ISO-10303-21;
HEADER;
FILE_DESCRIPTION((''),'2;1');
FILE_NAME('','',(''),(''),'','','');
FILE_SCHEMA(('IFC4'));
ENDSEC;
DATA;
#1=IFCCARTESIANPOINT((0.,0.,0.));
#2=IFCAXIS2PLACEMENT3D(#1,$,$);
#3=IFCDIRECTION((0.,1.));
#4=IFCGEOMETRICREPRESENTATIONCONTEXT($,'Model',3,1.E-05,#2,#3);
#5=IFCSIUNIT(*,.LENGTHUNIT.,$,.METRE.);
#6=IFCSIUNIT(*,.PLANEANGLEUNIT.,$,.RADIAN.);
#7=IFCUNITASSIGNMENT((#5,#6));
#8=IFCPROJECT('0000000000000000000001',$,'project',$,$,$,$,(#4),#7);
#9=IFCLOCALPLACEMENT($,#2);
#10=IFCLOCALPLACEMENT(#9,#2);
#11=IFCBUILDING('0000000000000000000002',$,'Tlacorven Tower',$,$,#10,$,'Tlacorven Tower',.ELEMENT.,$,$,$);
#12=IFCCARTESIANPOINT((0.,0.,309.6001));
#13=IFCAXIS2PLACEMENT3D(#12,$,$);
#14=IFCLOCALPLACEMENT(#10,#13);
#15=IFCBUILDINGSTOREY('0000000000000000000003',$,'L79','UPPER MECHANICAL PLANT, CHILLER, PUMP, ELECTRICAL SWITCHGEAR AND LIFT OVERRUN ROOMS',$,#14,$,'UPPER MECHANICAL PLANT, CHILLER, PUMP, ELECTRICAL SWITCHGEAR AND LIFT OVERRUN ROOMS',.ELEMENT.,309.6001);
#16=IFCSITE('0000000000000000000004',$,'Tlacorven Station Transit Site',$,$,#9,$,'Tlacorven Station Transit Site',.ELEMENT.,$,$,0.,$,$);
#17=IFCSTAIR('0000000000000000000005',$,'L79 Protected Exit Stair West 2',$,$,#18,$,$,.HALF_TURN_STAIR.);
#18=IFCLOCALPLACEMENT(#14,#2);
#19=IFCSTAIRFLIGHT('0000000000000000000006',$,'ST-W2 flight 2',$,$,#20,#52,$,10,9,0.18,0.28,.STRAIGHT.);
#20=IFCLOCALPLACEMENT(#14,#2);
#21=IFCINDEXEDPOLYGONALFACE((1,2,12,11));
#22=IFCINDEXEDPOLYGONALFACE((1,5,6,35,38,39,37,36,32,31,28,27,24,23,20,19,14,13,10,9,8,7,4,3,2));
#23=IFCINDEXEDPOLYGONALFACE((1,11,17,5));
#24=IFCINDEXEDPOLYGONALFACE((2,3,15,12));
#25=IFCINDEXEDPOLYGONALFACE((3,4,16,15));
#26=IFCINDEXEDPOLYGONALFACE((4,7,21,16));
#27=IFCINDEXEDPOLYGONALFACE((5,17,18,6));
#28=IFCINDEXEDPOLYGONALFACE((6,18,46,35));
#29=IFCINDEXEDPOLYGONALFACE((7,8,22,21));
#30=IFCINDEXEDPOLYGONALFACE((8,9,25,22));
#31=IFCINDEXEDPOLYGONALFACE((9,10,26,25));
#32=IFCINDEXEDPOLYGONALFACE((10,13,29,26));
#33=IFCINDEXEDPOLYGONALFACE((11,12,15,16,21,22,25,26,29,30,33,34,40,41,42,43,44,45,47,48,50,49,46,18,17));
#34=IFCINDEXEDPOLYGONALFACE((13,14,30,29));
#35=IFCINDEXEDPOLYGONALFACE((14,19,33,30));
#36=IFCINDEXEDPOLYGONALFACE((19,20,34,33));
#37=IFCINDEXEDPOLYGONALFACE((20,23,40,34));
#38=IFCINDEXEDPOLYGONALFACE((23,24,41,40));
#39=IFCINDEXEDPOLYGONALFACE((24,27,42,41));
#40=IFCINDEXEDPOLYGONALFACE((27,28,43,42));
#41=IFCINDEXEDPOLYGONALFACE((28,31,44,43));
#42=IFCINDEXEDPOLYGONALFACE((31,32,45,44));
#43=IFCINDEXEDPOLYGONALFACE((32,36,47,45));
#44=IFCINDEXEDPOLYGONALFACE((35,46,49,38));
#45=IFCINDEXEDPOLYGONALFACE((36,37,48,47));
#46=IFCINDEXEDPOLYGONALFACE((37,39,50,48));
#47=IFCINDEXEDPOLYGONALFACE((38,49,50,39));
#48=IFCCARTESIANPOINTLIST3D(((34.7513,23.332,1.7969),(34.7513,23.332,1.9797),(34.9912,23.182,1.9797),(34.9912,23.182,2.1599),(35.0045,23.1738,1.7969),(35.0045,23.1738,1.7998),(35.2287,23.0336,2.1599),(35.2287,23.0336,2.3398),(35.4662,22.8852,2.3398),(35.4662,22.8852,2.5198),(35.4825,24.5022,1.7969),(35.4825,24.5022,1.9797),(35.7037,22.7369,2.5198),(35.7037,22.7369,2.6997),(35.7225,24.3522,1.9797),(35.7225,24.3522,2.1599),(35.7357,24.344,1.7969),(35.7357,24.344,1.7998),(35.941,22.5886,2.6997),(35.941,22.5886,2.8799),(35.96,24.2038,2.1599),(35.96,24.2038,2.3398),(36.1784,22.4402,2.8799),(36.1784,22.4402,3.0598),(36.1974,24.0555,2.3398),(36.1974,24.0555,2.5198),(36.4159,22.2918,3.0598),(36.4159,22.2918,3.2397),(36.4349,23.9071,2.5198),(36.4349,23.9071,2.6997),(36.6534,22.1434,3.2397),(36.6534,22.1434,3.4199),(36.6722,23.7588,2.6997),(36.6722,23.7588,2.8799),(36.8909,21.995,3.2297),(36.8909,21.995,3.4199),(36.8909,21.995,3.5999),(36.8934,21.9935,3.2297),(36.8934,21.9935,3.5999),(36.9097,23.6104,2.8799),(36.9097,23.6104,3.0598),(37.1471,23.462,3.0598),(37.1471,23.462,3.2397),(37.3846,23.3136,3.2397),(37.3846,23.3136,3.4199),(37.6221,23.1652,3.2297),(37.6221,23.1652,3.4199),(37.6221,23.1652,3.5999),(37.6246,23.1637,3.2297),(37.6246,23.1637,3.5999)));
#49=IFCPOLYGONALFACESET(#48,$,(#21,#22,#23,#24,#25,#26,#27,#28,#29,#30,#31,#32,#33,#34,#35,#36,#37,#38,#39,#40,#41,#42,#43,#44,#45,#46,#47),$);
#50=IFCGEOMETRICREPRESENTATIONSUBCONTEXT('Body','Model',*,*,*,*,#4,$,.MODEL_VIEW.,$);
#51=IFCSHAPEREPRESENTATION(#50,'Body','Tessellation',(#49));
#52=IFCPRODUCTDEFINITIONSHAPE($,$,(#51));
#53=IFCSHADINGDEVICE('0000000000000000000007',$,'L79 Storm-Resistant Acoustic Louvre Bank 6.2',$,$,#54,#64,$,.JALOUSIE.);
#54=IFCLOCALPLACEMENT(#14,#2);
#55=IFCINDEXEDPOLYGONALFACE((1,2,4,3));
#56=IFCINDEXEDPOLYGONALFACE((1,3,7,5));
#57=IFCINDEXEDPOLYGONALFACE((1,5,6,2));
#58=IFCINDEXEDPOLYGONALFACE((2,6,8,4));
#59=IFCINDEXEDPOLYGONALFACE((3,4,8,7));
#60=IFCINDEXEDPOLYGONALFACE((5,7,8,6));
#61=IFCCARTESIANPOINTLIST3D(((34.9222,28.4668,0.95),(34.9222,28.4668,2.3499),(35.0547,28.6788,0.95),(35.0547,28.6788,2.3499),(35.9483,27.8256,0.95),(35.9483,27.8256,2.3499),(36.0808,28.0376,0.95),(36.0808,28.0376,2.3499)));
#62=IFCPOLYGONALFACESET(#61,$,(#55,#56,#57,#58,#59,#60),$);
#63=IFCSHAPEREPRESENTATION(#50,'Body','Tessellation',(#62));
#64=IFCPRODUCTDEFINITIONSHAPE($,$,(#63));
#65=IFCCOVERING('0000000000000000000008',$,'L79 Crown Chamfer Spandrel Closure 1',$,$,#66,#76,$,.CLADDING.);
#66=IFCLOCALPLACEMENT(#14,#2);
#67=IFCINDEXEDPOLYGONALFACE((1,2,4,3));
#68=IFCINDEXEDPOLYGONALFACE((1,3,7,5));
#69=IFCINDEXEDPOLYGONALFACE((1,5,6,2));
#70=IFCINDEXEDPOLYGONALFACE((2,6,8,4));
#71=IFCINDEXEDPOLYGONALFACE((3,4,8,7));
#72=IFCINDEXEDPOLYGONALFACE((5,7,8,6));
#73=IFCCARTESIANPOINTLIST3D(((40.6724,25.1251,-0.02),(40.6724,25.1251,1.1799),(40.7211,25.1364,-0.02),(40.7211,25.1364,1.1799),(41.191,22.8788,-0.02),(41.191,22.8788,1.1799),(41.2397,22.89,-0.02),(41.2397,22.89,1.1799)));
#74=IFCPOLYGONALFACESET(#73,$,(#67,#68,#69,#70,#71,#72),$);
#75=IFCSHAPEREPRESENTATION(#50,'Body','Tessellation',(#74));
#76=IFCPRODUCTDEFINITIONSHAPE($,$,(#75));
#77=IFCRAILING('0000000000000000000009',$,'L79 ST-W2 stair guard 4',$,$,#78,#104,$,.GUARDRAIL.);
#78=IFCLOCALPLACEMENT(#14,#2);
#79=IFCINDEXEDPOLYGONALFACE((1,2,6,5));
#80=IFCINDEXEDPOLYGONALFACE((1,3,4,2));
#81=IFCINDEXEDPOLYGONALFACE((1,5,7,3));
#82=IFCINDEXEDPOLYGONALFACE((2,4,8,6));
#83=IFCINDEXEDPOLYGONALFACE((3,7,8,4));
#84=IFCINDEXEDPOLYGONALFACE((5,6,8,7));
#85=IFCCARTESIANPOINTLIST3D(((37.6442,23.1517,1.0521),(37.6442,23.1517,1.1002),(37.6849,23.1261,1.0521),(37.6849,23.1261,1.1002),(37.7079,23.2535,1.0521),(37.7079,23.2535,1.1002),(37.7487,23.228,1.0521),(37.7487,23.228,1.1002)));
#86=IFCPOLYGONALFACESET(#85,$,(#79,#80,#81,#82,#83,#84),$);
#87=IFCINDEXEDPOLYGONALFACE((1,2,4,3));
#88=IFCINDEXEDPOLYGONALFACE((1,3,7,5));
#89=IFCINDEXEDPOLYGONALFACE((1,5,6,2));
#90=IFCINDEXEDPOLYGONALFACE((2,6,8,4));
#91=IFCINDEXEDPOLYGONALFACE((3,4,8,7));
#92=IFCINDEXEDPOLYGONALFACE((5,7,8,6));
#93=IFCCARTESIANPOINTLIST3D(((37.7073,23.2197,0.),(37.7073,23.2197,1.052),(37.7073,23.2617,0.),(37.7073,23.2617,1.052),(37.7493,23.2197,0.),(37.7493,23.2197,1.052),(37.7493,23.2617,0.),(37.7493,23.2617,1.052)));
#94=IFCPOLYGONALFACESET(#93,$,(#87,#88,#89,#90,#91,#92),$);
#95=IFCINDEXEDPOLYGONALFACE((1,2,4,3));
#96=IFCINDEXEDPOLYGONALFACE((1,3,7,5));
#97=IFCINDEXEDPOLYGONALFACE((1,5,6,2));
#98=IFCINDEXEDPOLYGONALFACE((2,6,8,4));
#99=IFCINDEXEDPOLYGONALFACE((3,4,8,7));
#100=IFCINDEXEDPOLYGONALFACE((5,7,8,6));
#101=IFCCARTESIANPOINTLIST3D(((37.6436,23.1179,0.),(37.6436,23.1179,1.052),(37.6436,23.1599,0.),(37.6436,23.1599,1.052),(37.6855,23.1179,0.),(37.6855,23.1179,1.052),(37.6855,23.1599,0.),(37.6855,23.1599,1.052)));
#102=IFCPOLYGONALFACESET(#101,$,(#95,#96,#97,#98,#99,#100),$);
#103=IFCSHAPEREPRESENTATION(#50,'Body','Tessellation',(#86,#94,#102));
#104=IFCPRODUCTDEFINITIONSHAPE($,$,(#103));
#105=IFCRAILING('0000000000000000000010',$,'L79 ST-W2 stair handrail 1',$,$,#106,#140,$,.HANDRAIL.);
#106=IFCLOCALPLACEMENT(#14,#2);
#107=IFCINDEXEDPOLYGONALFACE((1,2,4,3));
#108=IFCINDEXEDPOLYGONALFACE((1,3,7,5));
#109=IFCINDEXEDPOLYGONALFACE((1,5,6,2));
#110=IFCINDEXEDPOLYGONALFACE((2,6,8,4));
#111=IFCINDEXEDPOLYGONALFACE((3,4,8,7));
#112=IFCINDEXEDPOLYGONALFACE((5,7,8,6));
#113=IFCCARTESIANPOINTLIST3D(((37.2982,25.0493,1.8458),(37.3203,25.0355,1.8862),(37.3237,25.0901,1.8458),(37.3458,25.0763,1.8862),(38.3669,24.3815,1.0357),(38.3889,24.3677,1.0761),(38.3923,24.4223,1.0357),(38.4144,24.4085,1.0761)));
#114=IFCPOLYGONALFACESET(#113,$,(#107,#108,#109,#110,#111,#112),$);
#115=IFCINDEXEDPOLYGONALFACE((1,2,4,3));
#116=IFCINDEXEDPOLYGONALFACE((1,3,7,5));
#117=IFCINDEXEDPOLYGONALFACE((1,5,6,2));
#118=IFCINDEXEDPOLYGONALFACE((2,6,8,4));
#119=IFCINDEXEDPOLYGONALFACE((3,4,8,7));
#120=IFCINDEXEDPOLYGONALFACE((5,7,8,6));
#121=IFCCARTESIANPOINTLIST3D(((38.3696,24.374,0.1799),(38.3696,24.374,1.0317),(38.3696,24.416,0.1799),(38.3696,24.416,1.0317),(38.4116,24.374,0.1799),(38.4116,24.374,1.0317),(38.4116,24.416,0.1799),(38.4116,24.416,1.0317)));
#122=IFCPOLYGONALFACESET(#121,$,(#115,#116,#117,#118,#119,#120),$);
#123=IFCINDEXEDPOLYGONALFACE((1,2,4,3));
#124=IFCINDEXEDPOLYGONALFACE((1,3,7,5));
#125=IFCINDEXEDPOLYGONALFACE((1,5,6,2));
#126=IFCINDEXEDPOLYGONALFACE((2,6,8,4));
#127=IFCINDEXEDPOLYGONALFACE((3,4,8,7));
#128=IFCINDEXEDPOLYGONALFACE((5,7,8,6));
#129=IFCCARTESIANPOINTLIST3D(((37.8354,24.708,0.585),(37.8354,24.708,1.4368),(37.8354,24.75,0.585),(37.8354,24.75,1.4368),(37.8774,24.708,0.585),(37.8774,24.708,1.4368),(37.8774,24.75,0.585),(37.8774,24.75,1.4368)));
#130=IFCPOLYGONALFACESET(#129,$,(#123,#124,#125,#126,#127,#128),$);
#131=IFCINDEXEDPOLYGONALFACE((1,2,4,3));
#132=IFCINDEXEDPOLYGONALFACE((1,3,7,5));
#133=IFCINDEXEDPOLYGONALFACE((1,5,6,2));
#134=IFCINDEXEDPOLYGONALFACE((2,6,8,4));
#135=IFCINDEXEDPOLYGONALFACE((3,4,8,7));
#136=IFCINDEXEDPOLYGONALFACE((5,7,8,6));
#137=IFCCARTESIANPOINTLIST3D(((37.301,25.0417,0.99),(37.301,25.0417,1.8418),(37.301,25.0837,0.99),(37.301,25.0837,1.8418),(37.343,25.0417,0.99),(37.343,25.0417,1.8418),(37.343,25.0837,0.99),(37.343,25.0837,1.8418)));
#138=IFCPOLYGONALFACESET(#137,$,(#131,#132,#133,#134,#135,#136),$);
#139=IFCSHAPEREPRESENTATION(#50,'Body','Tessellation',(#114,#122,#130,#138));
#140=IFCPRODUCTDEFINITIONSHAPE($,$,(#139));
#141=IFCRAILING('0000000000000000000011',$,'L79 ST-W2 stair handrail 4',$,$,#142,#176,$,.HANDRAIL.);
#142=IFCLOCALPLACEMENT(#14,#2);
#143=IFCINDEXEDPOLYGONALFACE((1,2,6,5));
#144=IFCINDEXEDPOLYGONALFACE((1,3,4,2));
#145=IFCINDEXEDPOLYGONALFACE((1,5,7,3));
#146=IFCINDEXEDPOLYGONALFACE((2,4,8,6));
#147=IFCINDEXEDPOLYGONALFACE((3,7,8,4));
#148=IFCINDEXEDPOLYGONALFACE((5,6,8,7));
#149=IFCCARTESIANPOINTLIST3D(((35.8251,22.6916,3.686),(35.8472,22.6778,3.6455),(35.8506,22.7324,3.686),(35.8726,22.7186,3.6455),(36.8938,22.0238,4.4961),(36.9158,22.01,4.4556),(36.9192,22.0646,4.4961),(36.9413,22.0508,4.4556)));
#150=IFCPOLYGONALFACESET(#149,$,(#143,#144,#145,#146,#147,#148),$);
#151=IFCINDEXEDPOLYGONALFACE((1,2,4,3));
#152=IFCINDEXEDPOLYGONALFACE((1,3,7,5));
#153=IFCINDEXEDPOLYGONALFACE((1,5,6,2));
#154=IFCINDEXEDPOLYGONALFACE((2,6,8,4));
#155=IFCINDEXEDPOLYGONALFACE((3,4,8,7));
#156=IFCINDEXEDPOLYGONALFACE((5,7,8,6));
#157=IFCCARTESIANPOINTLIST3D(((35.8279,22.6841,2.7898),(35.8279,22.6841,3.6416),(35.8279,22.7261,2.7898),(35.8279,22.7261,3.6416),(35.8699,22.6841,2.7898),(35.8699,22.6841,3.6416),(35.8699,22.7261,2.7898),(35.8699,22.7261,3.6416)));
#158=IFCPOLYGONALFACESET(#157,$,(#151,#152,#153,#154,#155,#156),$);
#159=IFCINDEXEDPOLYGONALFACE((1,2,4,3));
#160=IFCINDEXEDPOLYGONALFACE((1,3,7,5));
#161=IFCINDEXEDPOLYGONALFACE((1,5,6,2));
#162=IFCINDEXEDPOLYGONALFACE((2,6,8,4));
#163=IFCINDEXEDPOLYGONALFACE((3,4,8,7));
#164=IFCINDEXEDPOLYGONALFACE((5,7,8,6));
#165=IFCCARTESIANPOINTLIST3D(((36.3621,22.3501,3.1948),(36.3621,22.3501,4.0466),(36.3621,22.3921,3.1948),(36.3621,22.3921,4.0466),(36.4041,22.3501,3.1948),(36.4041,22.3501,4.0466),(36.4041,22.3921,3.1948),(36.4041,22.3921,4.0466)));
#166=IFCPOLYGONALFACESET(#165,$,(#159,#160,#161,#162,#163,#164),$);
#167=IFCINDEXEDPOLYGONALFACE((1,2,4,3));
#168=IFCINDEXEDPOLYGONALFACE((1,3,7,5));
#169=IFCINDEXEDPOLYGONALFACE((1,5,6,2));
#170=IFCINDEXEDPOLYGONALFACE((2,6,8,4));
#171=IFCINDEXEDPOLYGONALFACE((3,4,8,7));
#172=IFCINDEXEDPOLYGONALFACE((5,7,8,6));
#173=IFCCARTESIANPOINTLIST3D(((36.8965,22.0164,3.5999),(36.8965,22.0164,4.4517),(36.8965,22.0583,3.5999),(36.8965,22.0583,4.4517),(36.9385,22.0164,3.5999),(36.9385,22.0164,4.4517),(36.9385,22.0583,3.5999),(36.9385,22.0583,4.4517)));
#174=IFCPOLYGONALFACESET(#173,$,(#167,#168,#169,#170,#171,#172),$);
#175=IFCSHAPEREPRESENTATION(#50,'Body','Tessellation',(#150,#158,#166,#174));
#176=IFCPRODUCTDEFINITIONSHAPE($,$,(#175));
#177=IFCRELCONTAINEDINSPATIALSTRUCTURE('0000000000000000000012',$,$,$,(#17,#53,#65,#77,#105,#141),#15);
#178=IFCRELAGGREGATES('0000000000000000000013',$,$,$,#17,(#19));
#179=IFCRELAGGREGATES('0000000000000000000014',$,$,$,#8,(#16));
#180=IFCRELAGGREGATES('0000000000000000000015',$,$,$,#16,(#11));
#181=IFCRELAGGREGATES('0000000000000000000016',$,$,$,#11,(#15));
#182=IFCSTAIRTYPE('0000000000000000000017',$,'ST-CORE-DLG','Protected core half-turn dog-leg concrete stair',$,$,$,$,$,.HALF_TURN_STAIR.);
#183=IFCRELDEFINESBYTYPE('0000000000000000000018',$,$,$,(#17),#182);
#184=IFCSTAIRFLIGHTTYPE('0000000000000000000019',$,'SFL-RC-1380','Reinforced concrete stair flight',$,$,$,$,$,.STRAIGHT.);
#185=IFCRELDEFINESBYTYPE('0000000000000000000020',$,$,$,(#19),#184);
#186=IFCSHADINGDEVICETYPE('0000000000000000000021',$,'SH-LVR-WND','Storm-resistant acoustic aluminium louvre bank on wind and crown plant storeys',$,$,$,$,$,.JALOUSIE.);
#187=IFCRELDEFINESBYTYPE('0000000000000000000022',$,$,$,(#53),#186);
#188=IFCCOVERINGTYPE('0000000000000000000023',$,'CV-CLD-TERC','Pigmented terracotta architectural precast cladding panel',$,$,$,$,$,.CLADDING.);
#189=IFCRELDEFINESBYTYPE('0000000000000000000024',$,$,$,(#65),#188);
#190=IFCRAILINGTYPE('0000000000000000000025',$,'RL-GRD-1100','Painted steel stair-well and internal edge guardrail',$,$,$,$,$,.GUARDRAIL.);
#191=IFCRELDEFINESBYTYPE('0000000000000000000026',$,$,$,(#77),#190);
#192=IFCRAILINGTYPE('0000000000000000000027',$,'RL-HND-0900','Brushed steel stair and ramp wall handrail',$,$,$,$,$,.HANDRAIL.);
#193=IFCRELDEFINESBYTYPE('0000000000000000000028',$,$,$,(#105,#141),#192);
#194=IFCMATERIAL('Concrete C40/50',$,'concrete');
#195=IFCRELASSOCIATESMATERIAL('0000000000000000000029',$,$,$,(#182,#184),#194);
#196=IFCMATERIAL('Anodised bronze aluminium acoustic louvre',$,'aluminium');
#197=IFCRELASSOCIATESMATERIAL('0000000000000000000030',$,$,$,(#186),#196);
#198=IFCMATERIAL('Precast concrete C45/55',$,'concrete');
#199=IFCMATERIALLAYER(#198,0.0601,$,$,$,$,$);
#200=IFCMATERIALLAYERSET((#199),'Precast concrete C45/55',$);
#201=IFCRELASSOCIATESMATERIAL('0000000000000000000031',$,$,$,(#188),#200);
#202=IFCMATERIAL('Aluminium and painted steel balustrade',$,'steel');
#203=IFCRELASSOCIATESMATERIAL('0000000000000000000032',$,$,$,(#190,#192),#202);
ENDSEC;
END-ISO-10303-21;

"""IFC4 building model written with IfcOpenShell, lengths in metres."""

from ifc_helpers import new_model, si_unit, direction, frame, origin, origin_2d, place, context, subcontext, project, spatial, polyline, rectangle, outline, extrude, source, transform, mapped, material, layer, layer_set, type_object, element, aggregate, save


model = new_model("IFC4")

# Units and contexts
model_context = context("Model", 3, precision=1e-05, world=origin(), true_north=direction((0.0, 1.0)))
body_context = subcontext(model_context, "Body", "Model", "MODEL_VIEW")
ifc_project = project(units=[si_unit("LENGTHUNIT", "METRE"), si_unit("PLANEANGLEUNIT", "RADIAN")], contexts=[model_context])

# Site, building, storey
site_placement = place(None, origin())
site = spatial("IfcSite", under=ifc_project, at=site_placement, Name="Tlacorven Station Transit Site", LongName="Tlacorven Station Transit Site", CompositionType="ELEMENT", RefElevation=0.0)
building_placement = place(site_placement, origin())
building = spatial("IfcBuilding", under=site, at=building_placement, Name="Tlacorven Tower", LongName="Tlacorven Tower", CompositionType="ELEMENT")
storey_placement = place(building_placement, frame((0.0, 0.0, 309.6001)))
storey = spatial("IfcBuildingStorey", under=building, at=storey_placement, Name="L79", Description="UPPER MECHANICAL PLANT, CHILLER, PUMP, ELECTRICAL SWITCHGEAR AND LIFT OVERRUN ROOMS", LongName="UPPER MECHANICAL PLANT, CHILLER, PUMP, ELECTRICAL SWITCHGEAR AND LIFT OVERRUN ROOMS", CompositionType="ELEMENT", Elevation=309.6001)

# Shared definitions
ifc_material_1 = material(Name="Precast concrete C45/55", Category="concrete")

# Shared definitions
ifc_material_2 = material(Name="Concrete C40/50", Category="concrete")

# Stair, stair flight
stair_type = type_object("IfcStairType", Name="ST-CORE-DLG", Description="Protected core half-turn dog-leg concrete stair", PredefinedType="HALF_TURN_STAIR", material=ifc_material_2)
stair_placement = place(storey_placement, origin())
stair = element("IfcStair", 1, at=stair_placement, inside=storey, type_object=stair_type, Name="L79 Protected Exit Stair West 2", PredefinedType="HALF_TURN_STAIR")
stair_flight_type = type_object("IfcStairFlightType", Name="SFL-RC-1380", Description="Reinforced concrete stair flight", PredefinedType="STRAIGHT", material=ifc_material_2)
shared_shape_1 = source(origin(), body_context, "Body", "SweptSolid", [
    extrude(outline(polyline([(-0.0029, -0.0029), (-0.0029, 0.1799), (0.28, 0.1799), (0.28, 0.3601), (0.5601, 0.3601), (0.5601, 0.54), (0.8401, 0.54), (0.8401, 0.72), (1.1201, 0.72), (1.1201, 0.8999), (1.3999, 0.8999), (1.3999, 1.0801), (1.6799, 1.0801), (1.6799, 1.26), (1.96, 1.26), (1.96, 1.4399), (2.24, 1.4399), (2.24, 1.6201), (2.52, 1.6201), (2.52, 1.8), (2.5229, 1.8), (2.5229, 1.4299), (2.52, 1.4299), (0.2957, 0.0), (0.2957, -0.0029), (-0.0029, -0.0029)])), frame((0.0, 0.6899, 0.0), z_axis=(0.0, -1.0, 0.0), x_axis=(1.0, 0.0, 0.0)), (0.0, 0.0, 1.0), 1.3799),
])
stair_flight_1_placement = place(storey_placement, frame((35.1194, 23.9155, 1.7998), z_axis=(0.0, 0.0, 1.0), x_axis=(0.848048, -0.529919, 0.0)))
stair_flight_1 = element("IfcStairFlight", 2, at=stair_flight_1_placement, type_object=stair_flight_type, Name="ST-W2 flight 2", NumberOfRisers=10, NumberOfTreads=9, PredefinedType="STRAIGHT", RiserHeight=0.18, TreadLength=0.28, context=body_context, shape_type="MappedRepresentation", body=[
    mapped(shared_shape_1, transform((0.0, 0.0, 0.0), scale=1.0)),
])
aggregate(stair, [stair_flight_1])

# Shading device
ifc_material_3 = material(Name="Anodised bronze aluminium acoustic louvre", Category="aluminium")
shading_device_type = type_object("IfcShadingDeviceType", Name="SH-LVR-WND", Description="Storm-resistant acoustic aluminium louvre bank on wind and crown plant storeys", PredefinedType="JALOUSIE", material=ifc_material_3)
shared_shape_2 = source(origin(), body_context, "Body", "SweptSolid", [
    extrude(rectangle(XDim=1.21, YDim=0.25, at=origin_2d()), origin(), (0.0, 0.0, 1.0), 1.3999),
])
shading_device_placement = place(storey_placement, frame((35.5015, 28.2522, 0.95), z_axis=(0.0, 0.0, 1.0), x_axis=(0.848048, -0.529919, 0.0)))
element("IfcShadingDevice", 3, at=shading_device_placement, inside=storey, type_object=shading_device_type, Name="L79 Storm-Resistant Acoustic Louvre Bank 6.2", PredefinedType="JALOUSIE", context=body_context, shape_type="MappedRepresentation", body=[
    mapped(shared_shape_2, transform((0.0, 0.0, 0.0), scale=1.0)),
])

# Covering
ifc_layer_1 = layer(ifc_material_1, 0.0601)
ifc_layer_set_1 = layer_set([ifc_layer_1], Name="Precast concrete C45/55")
covering_type = type_object("IfcCoveringType", Name="CV-CLD-TERC", Description="Pigmented terracotta architectural precast cladding panel", PredefinedType="CLADDING", material=ifc_layer_set_1)
shared_shape_3 = source(origin(), body_context, "Body", "SweptSolid", [
    extrude(rectangle(XDim=2.3054, YDim=0.05, at=origin_2d()), origin(), (0.0, 0.0, 1.0), 1.2),
])
covering_placement = place(storey_placement, frame((40.9561, 24.0076, -0.02), z_axis=(0.0, 0.0, 1.0), x_axis=(0.22495, -0.97437, 0.0)))
element("IfcCovering", 4, at=covering_placement, inside=storey, type_object=covering_type, Name="L79 Crown Chamfer Spandrel Closure 1", PredefinedType="CLADDING", context=body_context, shape_type="MappedRepresentation", body=[
    mapped(shared_shape_3, transform((0.0, 0.0, 0.0), scale=1.0)),
])

# Railings
ifc_material_4 = material(Name="Aluminium and painted steel balustrade", Category="steel")
railing_type_1 = type_object("IfcRailingType", Name="RL-GRD-1100", Description="Painted steel stair-well and internal edge guardrail", PredefinedType="GUARDRAIL", material=ifc_material_4)
shared_shape_4 = source(origin(), body_context, "Body", "SweptSolid", [
    extrude(rectangle(XDim=0.0481, YDim=0.0481, at=origin_2d()), frame((0.0, 0.0, 1.0762), z_axis=(-0.530547, -0.847656, 0.0), x_axis=(0.847656, -0.530547, 0.0)), (0.0, 0.0, 1.0), 0.1201),
    extrude(rectangle(XDim=0.042, YDim=0.042, at=origin_2d()), origin(), (0.0, 0.0, 1.0), 1.052),
    extrude(rectangle(XDim=0.042, YDim=0.042, at=origin_2d()), frame((-0.0637, -0.1018, 0.0)), (0.0, 0.0, 1.0), 1.052),
])
railing_1_placement = place(storey_placement, frame((37.7283, 23.2407, 0.0)))
element("IfcRailing", 5, at=railing_1_placement, inside=storey, type_object=railing_type_1, Name="L79 ST-W2 stair guard 4", PredefinedType="GUARDRAIL", context=body_context, shape_type="MappedRepresentation", body=[
    mapped(shared_shape_4, transform((0.0, 0.0, 0.0), scale=1.0)),
])
railing_type_2 = type_object("IfcRailingType", Name="RL-HND-0900", Description="Brushed steel stair and ramp wall handrail", PredefinedType="HANDRAIL", material=ifc_material_4)
shared_shape_5 = source(origin(), body_context, "Body", "SweptSolid", [
    extrude(rectangle(XDim=0.0481, YDim=0.0481, at=origin_2d()), frame((0.0, 0.0, 0.876), z_axis=(-0.71336, 0.445748, 0.540765), x_axis=(-0.529912, -0.848053, 0.0)), (0.0, 0.0, 1.0), 1.498),
    extrude(rectangle(XDim=0.042, YDim=0.042, at=origin_2d()), origin(), (0.0, 0.0, 1.0), 0.8518),
    extrude(rectangle(XDim=0.042, YDim=0.042, at=origin_2d()), frame((-0.5342, 0.334, 0.405)), (0.0, 0.0, 1.0), 0.8518),
    extrude(rectangle(XDim=0.042, YDim=0.042, at=origin_2d()), frame((-1.0686, 0.6677, 0.8101)), (0.0, 0.0, 1.0), 0.8518),
])
railing_2_placement = place(storey_placement, frame((38.3906, 24.395, 0.1799)))
element("IfcRailing", 6, at=railing_2_placement, inside=storey, type_object=railing_type_2, Name="L79 ST-W2 stair handrail 1", PredefinedType="HANDRAIL", context=body_context, shape_type="MappedRepresentation", body=[
    mapped(shared_shape_5, transform((0.0, 0.0, 0.0), scale=1.0)),
])
shared_shape_6 = source(origin(), body_context, "Body", "SweptSolid", [
    extrude(rectangle(XDim=0.0481, YDim=0.0481, at=origin_2d()), frame((0.0, 0.0, 0.876), z_axis=(0.71336, -0.445748, 0.540765), x_axis=(0.529912, 0.848053, 0.0)), (0.0, 0.0, 1.0), 1.498),
    extrude(rectangle(XDim=0.042, YDim=0.042, at=origin_2d()), origin(), (0.0, 0.0, 1.0), 0.8518),
    extrude(rectangle(XDim=0.042, YDim=0.042, at=origin_2d()), frame((0.5342, -0.334, 0.405)), (0.0, 0.0, 1.0), 0.8518),
    extrude(rectangle(XDim=0.042, YDim=0.042, at=origin_2d()), frame((1.0686, -0.6677, 0.8101)), (0.0, 0.0, 1.0), 0.8518),
])
railing_3_placement = place(storey_placement, frame((35.8489, 22.7051, 2.7898)))
element("IfcRailing", 7, at=railing_3_placement, inside=storey, type_object=railing_type_2, Name="L79 ST-W2 stair handrail 4", PredefinedType="HANDRAIL", context=body_context, shape_type="MappedRepresentation", body=[
    mapped(shared_shape_6, transform((0.0, 0.0, 0.0), scale=1.0)),
])

save(model, "model.ifc")
